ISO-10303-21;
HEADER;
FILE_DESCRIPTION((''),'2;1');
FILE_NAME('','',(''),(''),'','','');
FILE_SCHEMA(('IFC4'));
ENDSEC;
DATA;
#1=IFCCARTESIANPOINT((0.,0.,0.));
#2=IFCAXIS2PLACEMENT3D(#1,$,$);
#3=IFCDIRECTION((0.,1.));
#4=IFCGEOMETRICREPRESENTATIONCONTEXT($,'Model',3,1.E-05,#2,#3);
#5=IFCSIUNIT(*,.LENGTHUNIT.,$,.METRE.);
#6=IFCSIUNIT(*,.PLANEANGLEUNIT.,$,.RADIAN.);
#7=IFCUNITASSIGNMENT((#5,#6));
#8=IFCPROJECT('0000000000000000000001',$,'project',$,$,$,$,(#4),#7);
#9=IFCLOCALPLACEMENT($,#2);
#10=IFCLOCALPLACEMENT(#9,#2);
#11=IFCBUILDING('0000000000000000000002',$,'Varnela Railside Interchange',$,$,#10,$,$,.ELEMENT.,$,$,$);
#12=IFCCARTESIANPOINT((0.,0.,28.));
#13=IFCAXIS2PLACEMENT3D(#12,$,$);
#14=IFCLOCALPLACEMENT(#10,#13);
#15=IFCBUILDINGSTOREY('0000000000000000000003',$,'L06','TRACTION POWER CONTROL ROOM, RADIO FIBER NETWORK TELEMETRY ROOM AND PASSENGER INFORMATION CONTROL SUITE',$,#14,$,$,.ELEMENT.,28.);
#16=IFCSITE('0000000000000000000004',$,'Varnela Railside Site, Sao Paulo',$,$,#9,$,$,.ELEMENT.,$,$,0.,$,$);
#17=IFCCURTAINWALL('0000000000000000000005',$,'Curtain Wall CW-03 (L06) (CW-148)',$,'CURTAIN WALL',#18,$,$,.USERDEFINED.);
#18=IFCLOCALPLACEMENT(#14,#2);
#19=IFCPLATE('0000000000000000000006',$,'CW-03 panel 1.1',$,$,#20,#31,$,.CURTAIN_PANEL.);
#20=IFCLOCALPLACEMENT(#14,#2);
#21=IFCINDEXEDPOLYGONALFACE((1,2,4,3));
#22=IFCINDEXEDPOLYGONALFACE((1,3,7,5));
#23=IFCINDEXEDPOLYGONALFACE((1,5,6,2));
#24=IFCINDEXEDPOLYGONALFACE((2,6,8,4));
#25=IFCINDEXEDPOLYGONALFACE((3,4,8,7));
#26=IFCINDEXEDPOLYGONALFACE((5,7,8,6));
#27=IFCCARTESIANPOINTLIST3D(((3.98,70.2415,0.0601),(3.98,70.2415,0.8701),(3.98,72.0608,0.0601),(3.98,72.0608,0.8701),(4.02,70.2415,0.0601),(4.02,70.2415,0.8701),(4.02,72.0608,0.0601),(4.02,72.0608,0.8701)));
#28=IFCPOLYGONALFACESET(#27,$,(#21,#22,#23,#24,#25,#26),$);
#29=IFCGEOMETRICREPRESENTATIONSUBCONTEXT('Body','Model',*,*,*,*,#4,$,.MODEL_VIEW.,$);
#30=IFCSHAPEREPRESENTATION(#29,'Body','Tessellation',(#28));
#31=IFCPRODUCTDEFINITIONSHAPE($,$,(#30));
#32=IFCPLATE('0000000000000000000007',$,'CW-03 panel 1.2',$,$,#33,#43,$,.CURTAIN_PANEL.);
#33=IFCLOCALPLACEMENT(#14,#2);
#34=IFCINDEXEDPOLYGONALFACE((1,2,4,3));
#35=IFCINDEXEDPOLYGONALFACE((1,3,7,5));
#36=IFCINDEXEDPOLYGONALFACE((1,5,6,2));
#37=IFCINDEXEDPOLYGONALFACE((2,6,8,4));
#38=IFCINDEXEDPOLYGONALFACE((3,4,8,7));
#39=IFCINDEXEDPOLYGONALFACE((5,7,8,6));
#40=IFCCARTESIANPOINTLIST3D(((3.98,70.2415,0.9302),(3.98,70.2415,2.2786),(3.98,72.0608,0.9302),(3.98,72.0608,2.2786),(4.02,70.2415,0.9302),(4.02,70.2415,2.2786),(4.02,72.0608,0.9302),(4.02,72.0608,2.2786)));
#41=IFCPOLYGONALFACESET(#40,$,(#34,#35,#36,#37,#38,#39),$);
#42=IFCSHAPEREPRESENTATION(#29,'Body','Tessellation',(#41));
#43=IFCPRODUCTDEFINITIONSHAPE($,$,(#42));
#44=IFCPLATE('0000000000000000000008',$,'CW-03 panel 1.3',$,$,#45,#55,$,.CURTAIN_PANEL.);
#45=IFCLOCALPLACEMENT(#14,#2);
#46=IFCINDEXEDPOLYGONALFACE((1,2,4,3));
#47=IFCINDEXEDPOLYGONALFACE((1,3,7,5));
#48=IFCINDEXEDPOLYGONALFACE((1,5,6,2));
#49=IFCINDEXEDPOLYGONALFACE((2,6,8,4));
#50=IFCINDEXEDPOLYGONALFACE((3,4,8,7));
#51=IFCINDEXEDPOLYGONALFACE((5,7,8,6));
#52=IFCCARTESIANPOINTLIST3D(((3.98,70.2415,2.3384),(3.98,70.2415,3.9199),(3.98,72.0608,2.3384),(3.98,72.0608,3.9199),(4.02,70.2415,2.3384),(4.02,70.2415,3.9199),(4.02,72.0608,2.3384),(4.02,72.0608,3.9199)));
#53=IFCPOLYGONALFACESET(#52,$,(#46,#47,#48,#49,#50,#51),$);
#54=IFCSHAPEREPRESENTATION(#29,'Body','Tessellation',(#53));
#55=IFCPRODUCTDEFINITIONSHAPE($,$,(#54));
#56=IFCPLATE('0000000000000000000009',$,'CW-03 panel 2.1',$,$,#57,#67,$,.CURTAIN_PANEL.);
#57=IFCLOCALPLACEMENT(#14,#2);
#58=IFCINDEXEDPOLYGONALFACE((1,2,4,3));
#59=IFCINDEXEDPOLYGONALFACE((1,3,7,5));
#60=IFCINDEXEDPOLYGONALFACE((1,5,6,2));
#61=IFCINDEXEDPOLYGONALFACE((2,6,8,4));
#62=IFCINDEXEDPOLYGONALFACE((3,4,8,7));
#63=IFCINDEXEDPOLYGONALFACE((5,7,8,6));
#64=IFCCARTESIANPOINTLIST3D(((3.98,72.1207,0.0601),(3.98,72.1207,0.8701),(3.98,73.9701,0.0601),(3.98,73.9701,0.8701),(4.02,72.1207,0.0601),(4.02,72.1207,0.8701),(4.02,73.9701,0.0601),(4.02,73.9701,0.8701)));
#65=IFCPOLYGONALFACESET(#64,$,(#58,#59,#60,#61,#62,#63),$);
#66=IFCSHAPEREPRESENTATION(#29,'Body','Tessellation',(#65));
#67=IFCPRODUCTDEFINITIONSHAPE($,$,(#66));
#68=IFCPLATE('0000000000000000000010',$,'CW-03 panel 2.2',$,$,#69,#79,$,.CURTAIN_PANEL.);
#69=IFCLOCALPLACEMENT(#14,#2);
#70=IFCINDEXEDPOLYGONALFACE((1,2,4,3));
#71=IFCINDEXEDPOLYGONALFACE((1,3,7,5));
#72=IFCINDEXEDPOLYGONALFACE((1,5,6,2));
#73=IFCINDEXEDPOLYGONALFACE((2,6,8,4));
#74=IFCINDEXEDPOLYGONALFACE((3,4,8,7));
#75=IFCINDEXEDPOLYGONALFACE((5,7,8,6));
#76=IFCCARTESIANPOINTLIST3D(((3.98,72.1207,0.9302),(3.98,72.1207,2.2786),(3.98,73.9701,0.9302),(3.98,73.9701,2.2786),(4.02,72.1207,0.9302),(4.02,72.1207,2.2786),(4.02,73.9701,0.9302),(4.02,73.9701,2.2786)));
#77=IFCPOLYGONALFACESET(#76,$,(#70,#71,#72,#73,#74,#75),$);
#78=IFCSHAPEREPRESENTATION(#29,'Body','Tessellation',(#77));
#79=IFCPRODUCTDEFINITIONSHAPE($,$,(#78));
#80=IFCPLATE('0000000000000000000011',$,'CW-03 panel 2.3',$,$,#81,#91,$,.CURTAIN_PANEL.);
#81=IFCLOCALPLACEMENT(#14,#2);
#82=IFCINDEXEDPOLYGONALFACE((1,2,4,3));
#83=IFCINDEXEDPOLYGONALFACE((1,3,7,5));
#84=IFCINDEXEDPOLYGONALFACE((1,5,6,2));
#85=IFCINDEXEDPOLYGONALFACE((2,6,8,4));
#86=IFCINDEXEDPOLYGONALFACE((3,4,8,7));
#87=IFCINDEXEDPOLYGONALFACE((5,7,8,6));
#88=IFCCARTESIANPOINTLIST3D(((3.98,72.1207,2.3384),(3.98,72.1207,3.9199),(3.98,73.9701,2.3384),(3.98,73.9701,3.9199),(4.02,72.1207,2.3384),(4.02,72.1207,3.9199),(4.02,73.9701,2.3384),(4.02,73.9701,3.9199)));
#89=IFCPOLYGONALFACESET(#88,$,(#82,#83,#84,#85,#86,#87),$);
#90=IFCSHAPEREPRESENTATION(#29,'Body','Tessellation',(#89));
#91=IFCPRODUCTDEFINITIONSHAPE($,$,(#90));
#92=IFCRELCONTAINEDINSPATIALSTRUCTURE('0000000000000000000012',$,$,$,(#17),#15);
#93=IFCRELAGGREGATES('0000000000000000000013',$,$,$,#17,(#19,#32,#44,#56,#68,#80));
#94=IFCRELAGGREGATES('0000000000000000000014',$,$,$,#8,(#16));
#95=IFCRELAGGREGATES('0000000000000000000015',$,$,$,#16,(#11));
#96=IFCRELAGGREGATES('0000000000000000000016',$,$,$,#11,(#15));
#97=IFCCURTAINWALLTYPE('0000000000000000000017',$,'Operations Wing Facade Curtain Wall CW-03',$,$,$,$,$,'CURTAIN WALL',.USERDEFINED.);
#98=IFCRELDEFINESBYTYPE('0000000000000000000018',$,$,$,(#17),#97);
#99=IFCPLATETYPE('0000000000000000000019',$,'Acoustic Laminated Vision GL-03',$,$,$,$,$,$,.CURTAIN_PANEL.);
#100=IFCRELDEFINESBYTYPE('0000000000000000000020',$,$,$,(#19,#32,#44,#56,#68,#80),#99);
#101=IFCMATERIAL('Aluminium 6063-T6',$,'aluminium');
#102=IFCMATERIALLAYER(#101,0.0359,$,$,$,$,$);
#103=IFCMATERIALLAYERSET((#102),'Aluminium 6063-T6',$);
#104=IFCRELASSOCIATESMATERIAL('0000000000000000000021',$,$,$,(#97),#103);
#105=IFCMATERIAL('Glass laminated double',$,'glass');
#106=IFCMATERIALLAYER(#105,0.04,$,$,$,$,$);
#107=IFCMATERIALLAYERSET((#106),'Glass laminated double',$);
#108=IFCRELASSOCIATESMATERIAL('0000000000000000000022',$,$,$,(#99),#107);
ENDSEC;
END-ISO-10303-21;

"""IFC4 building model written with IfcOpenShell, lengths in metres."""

from ifc_helpers import new_model, si_unit, direction, frame, origin, origin_2d, place, context, subcontext, project, spatial, rectangle, extrude, material, layer, layer_set, type_object, element, aggregate, save


model = new_model("IFC4")

# Units and contexts
model_context = context("Model", 3, precision=1e-05, world=origin(), true_north=direction((0.0, 1.0)))
body_context = subcontext(model_context, "Body", "Model", "MODEL_VIEW")
ifc_project = project(units=[si_unit("LENGTHUNIT", "METRE"), si_unit("PLANEANGLEUNIT", "RADIAN")], contexts=[model_context])

# Site, building, storey
site_placement = place(None, origin())
site = spatial("IfcSite", under=ifc_project, at=site_placement, Name="Varnela Railside Site, Sao Paulo", CompositionType="ELEMENT", RefElevation=0.0)
building_placement = place(site_placement, origin())
building = spatial("IfcBuilding", under=site, at=building_placement, Name="Varnela Railside Interchange", CompositionType="ELEMENT")
storey_placement = place(building_placement, frame((0.0, 0.0, 28.0)))
storey = spatial("IfcBuildingStorey", under=building, at=storey_placement, Name="L06", Description="TRACTION POWER CONTROL ROOM, RADIO FIBER NETWORK TELEMETRY ROOM AND PASSENGER INFORMATION CONTROL SUITE", CompositionType="ELEMENT", Elevation=28.0)

# Curtain wall
ifc_material_1 = material(Name="Aluminium 6063-T6", Category="aluminium")
ifc_layer_1 = layer(ifc_material_1, 0.0359)
ifc_layer_set_1 = layer_set([ifc_layer_1], Name="Aluminium 6063-T6")
curtain_wall_type = type_object("IfcCurtainWallType", Name="Operations Wing Facade Curtain Wall CW-03", ElementType="CURTAIN WALL", PredefinedType="USERDEFINED", material=ifc_layer_set_1)
curtain_wall_placement = place(storey_placement, origin())
curtain_wall = element("IfcCurtainWall", 1, at=curtain_wall_placement, inside=storey, type_object=curtain_wall_type, Name="Curtain Wall CW-03 (L06) (CW-148)", ObjectType="CURTAIN WALL", PredefinedType="USERDEFINED")

# Plates
ifc_material_2 = material(Name="Glass laminated double", Category="glass")
ifc_layer_2 = layer(ifc_material_2, 0.04)
ifc_layer_set_2 = layer_set([ifc_layer_2], Name="Glass laminated double")
plate_type = type_object("IfcPlateType", Name="Acoustic Laminated Vision GL-03", PredefinedType="CURTAIN_PANEL", material=ifc_layer_set_2)
plate_1_placement = place(storey_placement, frame((4.0, 71.1511, 0.0601), z_axis=(0.0, 0.0, 1.0), x_axis=(0.0, 1.0, 0.0)))
plate_1 = element("IfcPlate", 2, at=plate_1_placement, type_object=plate_type, Name="CW-03 panel 1.1", PredefinedType="CURTAIN_PANEL", context=body_context, shape_type="SweptSolid", body=[
    extrude(rectangle(XDim=1.8193, YDim=0.04, at=origin_2d()), origin(), (0.0, 0.0, 1.0), 0.8101),
])
plate_2_placement = place(storey_placement, frame((4.0, 71.1511, 0.9302), z_axis=(0.0, 0.0, 1.0), x_axis=(0.0, 1.0, 0.0)))
plate_2 = element("IfcPlate", 3, at=plate_2_placement, type_object=plate_type, Name="CW-03 panel 1.2", PredefinedType="CURTAIN_PANEL", context=body_context, shape_type="SweptSolid", body=[
    extrude(rectangle(XDim=1.8193, YDim=0.04, at=origin_2d()), origin(), (0.0, 0.0, 1.0), 1.3484),
])
plate_3_placement = place(storey_placement, frame((4.0, 71.1511, 2.3384), z_axis=(0.0, 0.0, 1.0), x_axis=(0.0, 1.0, 0.0)))
plate_3 = element("IfcPlate", 4, at=plate_3_placement, type_object=plate_type, Name="CW-03 panel 1.3", PredefinedType="CURTAIN_PANEL", context=body_context, shape_type="SweptSolid", body=[
    extrude(rectangle(XDim=1.8193, YDim=0.04, at=origin_2d()), origin(), (0.0, 0.0, 1.0), 1.5815),
])
plate_4_placement = place(storey_placement, frame((4.0, 73.0454, 0.0601), z_axis=(0.0, 0.0, 1.0), x_axis=(0.0, 1.0, 0.0)))
plate_4 = element("IfcPlate", 5, at=plate_4_placement, type_object=plate_type, Name="CW-03 panel 2.1", PredefinedType="CURTAIN_PANEL", context=body_context, shape_type="SweptSolid", body=[
    extrude(rectangle(XDim=1.8494, YDim=0.04, at=origin_2d()), origin(), (0.0, 0.0, 1.0), 0.8101),
])
plate_5_placement = place(storey_placement, frame((4.0, 73.0454, 0.9302), z_axis=(0.0, 0.0, 1.0), x_axis=(0.0, 1.0, 0.0)))
plate_5 = element("IfcPlate", 6, at=plate_5_placement, type_object=plate_type, Name="CW-03 panel 2.2", PredefinedType="CURTAIN_PANEL", context=body_context, shape_type="SweptSolid", body=[
    extrude(rectangle(XDim=1.8494, YDim=0.04, at=origin_2d()), origin(), (0.0, 0.0, 1.0), 1.3484),
])
plate_6_placement = place(storey_placement, frame((4.0, 73.0454, 2.3384), z_axis=(0.0, 0.0, 1.0), x_axis=(0.0, 1.0, 0.0)))
plate_6 = element("IfcPlate", 7, at=plate_6_placement, type_object=plate_type, Name="CW-03 panel 2.3", PredefinedType="CURTAIN_PANEL", context=body_context, shape_type="SweptSolid", body=[
    extrude(rectangle(XDim=1.8494, YDim=0.04, at=origin_2d()), origin(), (0.0, 0.0, 1.0), 1.5815),
])
aggregate(curtain_wall, [plate_1, plate_2, plate_3, plate_4, plate_5, plate_6])

save(model, "model.ifc")
